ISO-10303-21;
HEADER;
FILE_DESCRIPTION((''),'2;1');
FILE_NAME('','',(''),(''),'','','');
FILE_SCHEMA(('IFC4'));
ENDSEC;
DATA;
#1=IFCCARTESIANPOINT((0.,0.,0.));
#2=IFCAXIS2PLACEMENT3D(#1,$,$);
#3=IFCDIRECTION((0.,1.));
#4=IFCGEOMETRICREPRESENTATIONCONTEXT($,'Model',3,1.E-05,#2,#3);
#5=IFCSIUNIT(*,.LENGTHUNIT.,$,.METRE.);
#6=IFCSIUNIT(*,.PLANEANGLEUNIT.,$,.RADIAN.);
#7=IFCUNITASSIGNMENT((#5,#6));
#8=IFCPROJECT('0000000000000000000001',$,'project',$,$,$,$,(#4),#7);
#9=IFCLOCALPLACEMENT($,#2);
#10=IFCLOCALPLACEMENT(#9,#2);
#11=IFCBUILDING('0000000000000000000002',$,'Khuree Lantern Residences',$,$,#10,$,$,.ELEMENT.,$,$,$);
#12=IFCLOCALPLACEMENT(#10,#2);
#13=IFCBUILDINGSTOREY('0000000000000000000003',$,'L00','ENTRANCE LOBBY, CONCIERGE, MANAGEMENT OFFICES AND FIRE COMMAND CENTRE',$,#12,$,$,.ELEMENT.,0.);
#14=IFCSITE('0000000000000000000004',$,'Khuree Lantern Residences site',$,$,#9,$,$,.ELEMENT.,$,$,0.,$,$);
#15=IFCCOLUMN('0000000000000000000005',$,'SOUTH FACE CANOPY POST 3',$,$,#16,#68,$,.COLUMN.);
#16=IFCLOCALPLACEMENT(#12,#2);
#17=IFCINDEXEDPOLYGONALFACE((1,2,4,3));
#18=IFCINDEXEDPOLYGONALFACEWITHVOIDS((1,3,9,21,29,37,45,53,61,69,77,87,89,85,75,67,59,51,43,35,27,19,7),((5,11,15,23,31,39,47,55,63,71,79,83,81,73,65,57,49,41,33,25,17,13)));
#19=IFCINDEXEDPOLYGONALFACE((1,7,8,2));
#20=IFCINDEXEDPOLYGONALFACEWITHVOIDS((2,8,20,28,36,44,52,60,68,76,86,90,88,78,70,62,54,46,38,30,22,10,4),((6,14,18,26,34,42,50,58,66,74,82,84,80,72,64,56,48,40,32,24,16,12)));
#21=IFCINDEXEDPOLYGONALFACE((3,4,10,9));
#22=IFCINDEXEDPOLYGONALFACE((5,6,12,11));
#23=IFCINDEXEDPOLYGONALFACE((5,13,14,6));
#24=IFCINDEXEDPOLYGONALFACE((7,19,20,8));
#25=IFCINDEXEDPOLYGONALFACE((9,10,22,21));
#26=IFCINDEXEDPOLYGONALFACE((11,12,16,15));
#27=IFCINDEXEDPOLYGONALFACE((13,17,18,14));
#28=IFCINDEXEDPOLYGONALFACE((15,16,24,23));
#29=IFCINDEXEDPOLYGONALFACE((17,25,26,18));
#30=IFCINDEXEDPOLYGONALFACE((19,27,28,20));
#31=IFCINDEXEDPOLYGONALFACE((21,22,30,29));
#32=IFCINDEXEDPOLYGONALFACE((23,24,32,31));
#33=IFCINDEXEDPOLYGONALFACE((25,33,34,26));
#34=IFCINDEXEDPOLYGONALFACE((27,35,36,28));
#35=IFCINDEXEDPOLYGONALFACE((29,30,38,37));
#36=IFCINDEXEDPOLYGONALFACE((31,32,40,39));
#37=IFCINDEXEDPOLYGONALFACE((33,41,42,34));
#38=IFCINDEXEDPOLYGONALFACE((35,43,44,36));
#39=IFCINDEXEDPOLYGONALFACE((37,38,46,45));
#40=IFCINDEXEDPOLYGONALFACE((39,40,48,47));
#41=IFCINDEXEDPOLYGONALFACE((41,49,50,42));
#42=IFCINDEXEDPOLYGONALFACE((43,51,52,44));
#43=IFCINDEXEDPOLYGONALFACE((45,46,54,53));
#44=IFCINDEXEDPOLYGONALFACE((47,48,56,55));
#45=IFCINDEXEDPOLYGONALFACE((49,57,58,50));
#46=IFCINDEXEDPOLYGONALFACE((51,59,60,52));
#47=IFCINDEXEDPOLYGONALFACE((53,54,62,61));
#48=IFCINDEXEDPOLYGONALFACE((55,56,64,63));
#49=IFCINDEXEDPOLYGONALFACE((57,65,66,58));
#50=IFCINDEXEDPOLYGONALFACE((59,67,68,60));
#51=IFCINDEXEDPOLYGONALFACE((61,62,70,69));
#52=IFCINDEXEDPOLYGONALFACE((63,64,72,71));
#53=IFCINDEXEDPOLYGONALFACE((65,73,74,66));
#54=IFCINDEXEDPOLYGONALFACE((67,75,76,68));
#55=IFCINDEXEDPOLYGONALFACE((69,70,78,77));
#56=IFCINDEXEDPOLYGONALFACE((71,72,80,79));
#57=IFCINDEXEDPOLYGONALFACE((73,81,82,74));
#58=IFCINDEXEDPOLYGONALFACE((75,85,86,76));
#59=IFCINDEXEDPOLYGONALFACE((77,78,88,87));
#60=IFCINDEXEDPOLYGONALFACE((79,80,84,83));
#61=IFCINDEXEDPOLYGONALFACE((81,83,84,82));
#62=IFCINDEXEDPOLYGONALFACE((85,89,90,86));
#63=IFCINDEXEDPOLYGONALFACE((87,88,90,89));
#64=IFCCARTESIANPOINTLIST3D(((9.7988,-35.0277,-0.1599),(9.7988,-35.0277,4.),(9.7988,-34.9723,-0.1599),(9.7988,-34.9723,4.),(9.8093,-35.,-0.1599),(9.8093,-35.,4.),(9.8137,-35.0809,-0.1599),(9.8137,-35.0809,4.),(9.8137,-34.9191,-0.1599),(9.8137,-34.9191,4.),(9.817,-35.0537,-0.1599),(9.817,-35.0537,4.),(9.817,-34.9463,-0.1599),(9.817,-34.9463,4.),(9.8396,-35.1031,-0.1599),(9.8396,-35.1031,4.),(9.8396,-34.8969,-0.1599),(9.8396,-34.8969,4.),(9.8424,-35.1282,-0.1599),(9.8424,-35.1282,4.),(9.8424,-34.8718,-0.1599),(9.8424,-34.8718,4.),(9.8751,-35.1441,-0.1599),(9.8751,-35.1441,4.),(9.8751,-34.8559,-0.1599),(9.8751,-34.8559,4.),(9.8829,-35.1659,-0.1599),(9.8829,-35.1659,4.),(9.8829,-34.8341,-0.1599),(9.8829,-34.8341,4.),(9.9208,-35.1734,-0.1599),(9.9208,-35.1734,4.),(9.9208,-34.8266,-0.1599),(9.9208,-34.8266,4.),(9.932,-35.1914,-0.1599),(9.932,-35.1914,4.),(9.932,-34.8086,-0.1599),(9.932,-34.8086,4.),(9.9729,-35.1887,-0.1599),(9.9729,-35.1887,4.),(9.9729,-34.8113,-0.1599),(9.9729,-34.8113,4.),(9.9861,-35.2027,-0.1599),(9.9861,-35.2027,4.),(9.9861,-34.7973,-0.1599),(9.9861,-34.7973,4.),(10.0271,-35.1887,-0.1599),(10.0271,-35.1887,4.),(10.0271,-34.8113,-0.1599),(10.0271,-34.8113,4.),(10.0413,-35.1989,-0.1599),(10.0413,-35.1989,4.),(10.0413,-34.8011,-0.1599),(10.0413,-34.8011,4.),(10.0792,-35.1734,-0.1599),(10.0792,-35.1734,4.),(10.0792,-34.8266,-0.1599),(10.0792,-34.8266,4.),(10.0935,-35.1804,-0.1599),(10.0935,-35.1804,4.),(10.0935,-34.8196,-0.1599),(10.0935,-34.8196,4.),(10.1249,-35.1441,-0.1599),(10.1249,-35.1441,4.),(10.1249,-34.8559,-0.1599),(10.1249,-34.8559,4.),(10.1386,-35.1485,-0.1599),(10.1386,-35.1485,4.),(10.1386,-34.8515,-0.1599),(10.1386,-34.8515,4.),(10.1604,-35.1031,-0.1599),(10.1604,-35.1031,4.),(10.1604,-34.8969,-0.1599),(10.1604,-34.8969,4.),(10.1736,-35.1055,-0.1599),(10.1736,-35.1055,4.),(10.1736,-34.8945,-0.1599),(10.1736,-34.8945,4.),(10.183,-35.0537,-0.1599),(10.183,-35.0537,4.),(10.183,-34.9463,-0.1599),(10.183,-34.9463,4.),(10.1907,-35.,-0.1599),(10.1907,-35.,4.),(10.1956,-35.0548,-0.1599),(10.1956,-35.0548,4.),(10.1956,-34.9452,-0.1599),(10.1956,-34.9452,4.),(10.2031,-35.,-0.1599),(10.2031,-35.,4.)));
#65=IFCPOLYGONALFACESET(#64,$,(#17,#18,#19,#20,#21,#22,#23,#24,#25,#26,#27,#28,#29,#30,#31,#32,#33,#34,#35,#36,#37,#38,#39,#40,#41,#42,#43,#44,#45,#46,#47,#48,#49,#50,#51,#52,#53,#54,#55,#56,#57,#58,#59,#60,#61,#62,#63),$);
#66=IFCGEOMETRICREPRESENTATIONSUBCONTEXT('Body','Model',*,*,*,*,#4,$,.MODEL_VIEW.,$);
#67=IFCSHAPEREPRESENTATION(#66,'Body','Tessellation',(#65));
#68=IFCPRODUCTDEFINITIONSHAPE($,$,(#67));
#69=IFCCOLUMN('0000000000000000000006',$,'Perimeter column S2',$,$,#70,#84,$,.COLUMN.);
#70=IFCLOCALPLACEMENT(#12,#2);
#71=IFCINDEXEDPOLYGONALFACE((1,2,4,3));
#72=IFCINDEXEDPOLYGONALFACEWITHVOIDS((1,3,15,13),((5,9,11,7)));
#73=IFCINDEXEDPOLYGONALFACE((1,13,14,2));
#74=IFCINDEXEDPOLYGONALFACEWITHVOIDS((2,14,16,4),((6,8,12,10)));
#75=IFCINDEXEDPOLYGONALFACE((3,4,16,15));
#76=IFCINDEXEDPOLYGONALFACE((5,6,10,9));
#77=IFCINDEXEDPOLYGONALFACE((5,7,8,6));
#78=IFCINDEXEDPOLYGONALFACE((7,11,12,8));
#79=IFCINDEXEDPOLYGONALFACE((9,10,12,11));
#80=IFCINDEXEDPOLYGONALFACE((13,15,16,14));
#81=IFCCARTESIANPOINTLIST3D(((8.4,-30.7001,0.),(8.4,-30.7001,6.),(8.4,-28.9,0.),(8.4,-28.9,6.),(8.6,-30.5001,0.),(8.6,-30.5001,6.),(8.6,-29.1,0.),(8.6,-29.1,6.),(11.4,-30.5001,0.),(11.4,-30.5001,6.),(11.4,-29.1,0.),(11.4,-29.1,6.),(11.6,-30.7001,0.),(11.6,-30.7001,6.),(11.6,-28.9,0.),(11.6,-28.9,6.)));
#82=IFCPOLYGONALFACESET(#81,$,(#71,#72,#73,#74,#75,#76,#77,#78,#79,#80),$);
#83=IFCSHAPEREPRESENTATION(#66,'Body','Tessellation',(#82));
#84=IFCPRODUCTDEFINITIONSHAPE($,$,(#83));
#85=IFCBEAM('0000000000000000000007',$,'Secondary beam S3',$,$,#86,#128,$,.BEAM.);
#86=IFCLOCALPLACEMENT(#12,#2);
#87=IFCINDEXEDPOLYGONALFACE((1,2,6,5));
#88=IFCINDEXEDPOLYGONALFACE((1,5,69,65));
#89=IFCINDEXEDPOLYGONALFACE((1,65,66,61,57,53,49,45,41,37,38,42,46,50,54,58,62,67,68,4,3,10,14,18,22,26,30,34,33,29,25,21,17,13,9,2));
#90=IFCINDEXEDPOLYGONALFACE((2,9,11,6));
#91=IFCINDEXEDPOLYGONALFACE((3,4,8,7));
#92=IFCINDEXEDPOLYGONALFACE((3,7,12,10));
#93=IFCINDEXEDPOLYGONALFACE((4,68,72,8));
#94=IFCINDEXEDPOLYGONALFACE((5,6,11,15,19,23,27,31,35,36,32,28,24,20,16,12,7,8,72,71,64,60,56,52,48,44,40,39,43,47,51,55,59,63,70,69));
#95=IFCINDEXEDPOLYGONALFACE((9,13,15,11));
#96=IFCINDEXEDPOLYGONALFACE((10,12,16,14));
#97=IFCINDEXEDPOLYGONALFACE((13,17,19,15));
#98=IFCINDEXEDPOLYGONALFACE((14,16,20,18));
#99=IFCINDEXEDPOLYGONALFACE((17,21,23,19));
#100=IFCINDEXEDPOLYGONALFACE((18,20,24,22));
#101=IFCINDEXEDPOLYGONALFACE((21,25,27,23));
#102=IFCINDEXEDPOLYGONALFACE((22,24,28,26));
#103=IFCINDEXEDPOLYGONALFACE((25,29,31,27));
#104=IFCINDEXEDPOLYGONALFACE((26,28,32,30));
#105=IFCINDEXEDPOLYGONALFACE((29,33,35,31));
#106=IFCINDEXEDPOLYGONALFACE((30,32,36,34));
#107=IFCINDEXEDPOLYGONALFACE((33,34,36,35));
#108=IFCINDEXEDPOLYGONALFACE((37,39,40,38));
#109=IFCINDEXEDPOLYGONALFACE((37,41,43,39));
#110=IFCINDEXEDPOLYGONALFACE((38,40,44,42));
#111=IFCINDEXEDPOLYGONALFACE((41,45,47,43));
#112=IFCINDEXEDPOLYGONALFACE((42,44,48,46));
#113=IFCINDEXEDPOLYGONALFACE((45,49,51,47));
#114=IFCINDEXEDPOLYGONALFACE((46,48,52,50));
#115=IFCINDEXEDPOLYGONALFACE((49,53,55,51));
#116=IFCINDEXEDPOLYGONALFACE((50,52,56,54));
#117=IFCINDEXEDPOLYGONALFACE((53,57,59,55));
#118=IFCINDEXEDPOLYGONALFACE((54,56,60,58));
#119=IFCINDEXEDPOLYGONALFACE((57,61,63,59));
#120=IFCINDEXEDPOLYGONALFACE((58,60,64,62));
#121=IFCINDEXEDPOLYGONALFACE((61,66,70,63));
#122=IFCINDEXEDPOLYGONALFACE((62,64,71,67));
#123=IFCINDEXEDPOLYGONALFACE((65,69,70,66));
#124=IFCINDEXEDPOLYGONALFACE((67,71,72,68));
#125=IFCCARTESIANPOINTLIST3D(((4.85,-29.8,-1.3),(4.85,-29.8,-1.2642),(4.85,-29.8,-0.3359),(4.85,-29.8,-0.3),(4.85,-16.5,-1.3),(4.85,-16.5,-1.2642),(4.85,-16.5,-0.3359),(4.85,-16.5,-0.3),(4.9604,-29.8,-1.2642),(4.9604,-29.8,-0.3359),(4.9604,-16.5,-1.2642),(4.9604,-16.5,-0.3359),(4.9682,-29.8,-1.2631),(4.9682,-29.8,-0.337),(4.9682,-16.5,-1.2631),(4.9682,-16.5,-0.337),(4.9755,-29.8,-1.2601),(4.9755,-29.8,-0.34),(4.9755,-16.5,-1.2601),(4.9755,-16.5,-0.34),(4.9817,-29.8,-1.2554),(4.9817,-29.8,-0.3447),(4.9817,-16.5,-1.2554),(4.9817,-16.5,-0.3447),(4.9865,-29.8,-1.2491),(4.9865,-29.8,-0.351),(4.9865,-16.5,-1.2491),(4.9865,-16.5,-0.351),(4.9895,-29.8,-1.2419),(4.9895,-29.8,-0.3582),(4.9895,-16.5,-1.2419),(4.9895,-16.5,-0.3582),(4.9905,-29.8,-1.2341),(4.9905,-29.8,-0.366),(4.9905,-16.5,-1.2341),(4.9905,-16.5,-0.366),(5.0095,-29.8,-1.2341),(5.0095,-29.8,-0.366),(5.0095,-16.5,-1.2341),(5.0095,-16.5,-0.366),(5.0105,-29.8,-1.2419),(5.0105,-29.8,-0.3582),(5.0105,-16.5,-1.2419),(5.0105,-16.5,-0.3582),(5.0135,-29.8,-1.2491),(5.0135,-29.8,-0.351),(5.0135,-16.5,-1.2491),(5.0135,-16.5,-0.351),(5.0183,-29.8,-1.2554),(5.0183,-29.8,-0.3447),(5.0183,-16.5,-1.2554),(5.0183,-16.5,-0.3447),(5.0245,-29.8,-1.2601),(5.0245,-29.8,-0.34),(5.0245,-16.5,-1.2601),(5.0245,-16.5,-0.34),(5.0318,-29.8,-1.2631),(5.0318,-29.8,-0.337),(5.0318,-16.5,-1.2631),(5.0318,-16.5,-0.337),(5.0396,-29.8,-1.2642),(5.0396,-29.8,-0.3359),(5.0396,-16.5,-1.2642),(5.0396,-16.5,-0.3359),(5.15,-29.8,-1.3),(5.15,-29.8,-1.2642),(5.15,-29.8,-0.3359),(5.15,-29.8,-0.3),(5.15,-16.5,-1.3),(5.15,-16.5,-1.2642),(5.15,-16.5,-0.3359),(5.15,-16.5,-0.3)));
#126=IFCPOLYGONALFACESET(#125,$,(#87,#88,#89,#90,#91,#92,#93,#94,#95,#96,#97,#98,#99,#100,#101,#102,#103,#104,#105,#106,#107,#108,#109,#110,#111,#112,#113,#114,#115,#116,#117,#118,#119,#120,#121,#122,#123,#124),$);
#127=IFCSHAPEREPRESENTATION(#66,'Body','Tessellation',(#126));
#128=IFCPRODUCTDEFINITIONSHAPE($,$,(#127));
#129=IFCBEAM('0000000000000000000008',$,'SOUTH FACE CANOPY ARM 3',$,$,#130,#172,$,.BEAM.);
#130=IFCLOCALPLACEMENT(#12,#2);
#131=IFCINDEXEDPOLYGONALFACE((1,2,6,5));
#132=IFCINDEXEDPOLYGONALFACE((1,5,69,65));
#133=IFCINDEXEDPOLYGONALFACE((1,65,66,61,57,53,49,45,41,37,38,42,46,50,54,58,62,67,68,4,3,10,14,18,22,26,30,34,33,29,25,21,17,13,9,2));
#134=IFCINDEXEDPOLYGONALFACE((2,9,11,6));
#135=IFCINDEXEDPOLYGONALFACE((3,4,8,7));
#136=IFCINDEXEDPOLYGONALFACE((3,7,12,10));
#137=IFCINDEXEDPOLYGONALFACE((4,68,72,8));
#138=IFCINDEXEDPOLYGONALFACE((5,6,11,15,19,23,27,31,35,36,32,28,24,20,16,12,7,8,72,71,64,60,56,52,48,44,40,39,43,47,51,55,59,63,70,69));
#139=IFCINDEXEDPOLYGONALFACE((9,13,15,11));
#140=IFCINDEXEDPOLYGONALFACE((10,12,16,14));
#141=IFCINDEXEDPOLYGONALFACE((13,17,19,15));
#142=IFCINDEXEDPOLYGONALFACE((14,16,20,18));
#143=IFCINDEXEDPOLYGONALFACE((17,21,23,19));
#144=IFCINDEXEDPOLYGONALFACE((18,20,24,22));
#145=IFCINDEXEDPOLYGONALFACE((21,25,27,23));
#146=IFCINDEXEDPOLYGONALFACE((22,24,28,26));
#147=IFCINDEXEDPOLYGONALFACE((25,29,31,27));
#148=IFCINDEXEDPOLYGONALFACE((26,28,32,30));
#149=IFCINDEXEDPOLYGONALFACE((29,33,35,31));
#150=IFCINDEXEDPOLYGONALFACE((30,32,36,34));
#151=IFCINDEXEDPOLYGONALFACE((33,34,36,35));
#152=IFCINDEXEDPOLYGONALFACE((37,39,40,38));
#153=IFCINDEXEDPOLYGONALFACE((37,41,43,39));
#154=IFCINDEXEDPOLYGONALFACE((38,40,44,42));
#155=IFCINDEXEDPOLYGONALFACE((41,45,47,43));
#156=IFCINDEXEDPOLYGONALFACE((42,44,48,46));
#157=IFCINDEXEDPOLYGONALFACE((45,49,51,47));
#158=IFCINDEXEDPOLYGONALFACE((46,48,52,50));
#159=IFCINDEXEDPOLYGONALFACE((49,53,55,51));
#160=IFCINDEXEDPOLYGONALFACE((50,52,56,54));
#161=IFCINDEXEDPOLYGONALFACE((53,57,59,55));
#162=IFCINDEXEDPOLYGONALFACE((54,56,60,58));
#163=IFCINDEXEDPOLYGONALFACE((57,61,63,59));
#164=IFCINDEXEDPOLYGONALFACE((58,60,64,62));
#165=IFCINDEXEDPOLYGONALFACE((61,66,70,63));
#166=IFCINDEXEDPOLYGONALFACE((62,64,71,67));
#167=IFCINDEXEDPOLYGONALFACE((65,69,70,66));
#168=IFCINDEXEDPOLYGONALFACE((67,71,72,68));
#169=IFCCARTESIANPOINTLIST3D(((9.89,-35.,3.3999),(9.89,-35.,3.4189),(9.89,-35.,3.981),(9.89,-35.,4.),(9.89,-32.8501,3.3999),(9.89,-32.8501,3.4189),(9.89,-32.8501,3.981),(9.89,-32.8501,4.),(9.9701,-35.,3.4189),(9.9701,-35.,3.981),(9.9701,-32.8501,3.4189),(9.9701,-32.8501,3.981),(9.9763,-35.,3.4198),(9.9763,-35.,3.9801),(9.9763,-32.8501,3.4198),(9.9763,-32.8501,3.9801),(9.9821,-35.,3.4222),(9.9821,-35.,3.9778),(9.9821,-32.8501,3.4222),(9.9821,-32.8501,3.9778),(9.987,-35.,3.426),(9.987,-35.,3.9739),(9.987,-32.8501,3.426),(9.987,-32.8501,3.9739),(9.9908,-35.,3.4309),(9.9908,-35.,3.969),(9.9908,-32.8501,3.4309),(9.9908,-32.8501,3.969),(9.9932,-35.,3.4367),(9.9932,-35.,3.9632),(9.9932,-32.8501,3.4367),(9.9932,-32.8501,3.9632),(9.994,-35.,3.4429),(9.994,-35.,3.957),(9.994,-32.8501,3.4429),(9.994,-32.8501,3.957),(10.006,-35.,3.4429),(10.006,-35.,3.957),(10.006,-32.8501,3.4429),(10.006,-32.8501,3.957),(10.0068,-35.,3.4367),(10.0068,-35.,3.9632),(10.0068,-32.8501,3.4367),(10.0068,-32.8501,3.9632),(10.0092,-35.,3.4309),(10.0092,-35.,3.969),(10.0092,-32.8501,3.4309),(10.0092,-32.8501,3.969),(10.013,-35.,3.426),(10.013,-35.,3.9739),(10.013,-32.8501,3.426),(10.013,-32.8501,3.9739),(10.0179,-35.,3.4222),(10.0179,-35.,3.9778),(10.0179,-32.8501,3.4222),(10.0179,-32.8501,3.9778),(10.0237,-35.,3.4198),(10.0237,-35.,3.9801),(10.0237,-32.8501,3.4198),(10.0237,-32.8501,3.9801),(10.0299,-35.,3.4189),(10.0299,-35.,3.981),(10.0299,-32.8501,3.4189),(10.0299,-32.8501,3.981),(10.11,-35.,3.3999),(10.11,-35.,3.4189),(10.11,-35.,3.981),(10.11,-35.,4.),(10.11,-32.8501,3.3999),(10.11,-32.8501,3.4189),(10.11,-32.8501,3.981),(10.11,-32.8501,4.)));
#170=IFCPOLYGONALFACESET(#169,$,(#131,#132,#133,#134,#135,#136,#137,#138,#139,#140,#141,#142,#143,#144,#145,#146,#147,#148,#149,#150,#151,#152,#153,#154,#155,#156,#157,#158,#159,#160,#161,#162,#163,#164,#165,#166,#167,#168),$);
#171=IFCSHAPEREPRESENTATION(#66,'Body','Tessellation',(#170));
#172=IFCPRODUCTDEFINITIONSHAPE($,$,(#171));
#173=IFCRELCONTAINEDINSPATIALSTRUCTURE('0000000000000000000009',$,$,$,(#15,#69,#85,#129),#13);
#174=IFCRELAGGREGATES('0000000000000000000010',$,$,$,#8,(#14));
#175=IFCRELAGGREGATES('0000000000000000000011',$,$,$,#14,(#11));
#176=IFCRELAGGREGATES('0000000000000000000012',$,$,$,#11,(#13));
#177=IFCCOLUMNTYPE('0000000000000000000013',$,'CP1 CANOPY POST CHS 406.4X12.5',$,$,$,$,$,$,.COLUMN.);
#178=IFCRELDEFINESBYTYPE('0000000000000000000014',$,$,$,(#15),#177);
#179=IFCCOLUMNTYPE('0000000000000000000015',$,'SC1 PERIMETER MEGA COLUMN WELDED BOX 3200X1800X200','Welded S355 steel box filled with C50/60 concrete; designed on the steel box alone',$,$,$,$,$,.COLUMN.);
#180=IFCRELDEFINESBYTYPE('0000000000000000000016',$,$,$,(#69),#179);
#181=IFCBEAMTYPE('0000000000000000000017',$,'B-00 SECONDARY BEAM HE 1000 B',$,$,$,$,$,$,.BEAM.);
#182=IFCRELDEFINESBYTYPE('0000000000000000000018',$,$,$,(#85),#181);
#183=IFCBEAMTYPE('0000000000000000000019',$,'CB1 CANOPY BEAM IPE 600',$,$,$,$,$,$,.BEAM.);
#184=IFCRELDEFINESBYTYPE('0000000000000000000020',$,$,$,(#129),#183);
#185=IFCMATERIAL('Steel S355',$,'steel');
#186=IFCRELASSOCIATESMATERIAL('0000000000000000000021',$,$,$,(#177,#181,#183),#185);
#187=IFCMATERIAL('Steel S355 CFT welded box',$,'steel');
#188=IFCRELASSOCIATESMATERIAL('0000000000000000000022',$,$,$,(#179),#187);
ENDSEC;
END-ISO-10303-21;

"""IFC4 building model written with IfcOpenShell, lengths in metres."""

from ifc_helpers import new_model, si_unit, direction, frame, origin, origin_2d, place, context, subcontext, project, spatial, hollow_rectangle, hollow_circle, i_section, extrude, material, material_profile, profile_set, type_object, element, save


model = new_model("IFC4")

# Units and contexts
model_context = context("Model", 3, precision=1e-05, world=origin(), true_north=direction((0.0, 1.0)))
body_context = subcontext(model_context, "Body", "Model", "MODEL_VIEW")
ifc_project = project(units=[si_unit("LENGTHUNIT", "METRE"), si_unit("PLANEANGLEUNIT", "RADIAN")], contexts=[model_context])

# Site, building, storey
site_placement = place(None, origin())
site = spatial("IfcSite", under=ifc_project, at=site_placement, Name="Khuree Lantern Residences site", CompositionType="ELEMENT", RefElevation=0.0)
building_placement = place(site_placement, origin())
building = spatial("IfcBuilding", under=site, at=building_placement, Name="Khuree Lantern Residences", CompositionType="ELEMENT")
storey_placement = place(building_placement, origin())
storey = spatial("IfcBuildingStorey", under=building, at=storey_placement, Name="L00", Description="ENTRANCE LOBBY, CONCIERGE, MANAGEMENT OFFICES AND FIRE COMMAND CENTRE", CompositionType="ELEMENT", Elevation=0.0)

# Columns
ifc_material_1 = material(Name="Steel S355", Category="steel")
ifc_material_profile_1 = material_profile(ifc_material_1, hollow_circle(Radius=0.2031, WallThickness=0.0125, at=origin_2d()), Name="CHS 406.4X12.5")
ifc_profile_set_1 = profile_set([ifc_material_profile_1], Name="Steel S355")
column_type_1 = type_object("IfcColumnType", Name="CP1 CANOPY POST CHS 406.4X12.5", PredefinedType="COLUMN", material=ifc_profile_set_1)
column_1_placement = place(storey_placement, frame((10.0, -35.0, -0.1599), z_axis=(0.0, 0.0, 1.0), x_axis=(1.0, 0.0, 0.0)))
element("IfcColumn", 1, at=column_1_placement, inside=storey, type_object=column_type_1, Name="SOUTH FACE CANOPY POST 3", PredefinedType="COLUMN", context=body_context, shape_type="SweptSolid", body=[
    extrude(hollow_circle(Radius=0.2031, WallThickness=0.0125, at=origin_2d()), origin(), (0.0, 0.0, 1.0), 4.1599),
])
ifc_material_2 = material(Name="Steel S355 CFT welded box", Category="steel")
ifc_material_profile_2 = material_profile(ifc_material_2, hollow_rectangle(XDim=3.2, YDim=1.8, WallThickness=0.2, at=origin_2d()), Name="WELDED BOX 3200X1800X200")
ifc_profile_set_2 = profile_set([ifc_material_profile_2], Name="Steel S355 CFT welded box")
column_type_2 = type_object("IfcColumnType", Name="SC1 PERIMETER MEGA COLUMN WELDED BOX 3200X1800X200", Description="Welded S355 steel box filled with C50/60 concrete; designed on the steel box alone", PredefinedType="COLUMN", material=ifc_profile_set_2)
column_2_placement = place(storey_placement, frame((10.0, -29.8, 0.0), z_axis=(0.0, 0.0, 1.0), x_axis=(1.0, 0.0, 0.0)))
element("IfcColumn", 2, at=column_2_placement, inside=storey, type_object=column_type_2, Name="Perimeter column S2", PredefinedType="COLUMN", context=body_context, shape_type="SweptSolid", body=[
    extrude(hollow_rectangle(XDim=3.2, YDim=1.8, WallThickness=0.2, at=origin_2d()), origin(), (0.0, 0.0, 1.0), 6.0),
])

# Beams
ifc_material_profile_3 = material_profile(ifc_material_1, i_section(OverallWidth=0.3, OverallDepth=1.0, WebThickness=0.019, FlangeThickness=0.0359, FilletRadius=0.03, at=origin_2d()), Name="HE 1000 B")
ifc_profile_set_3 = profile_set([ifc_material_profile_3], Name="Steel S355")
beam_type_1 = type_object("IfcBeamType", Name="B-00 SECONDARY BEAM HE 1000 B", PredefinedType="BEAM", material=ifc_profile_set_3)
beam_1_placement = place(storey_placement, frame((5.0, -29.8, -0.8), z_axis=(0.0, 1.0, 0.0), x_axis=(-1.0, 0.0, 0.0)))
element("IfcBeam", 3, at=beam_1_placement, inside=storey, type_object=beam_type_1, Name="Secondary beam S3", PredefinedType="BEAM", context=body_context, shape_type="SweptSolid", body=[
    extrude(i_section(OverallWidth=0.3, OverallDepth=1.0, WebThickness=0.019, FlangeThickness=0.0359, FilletRadius=0.03, at=origin_2d()), origin(), (0.0, 0.0, 1.0), 13.3),
])
ifc_material_profile_4 = material_profile(ifc_material_1, i_section(OverallWidth=0.22, OverallDepth=0.6001, WebThickness=0.012, FlangeThickness=0.019, FilletRadius=0.0239, at=origin_2d()), Name="IPE 600")
ifc_profile_set_4 = profile_set([ifc_material_profile_4], Name="Steel S355")
beam_type_2 = type_object("IfcBeamType", Name="CB1 CANOPY BEAM IPE 600", PredefinedType="BEAM", material=ifc_profile_set_4)
beam_2_placement = place(storey_placement, frame((10.0, -35.0, 3.7), z_axis=(0.0, 1.0, 0.0), x_axis=(-1.0, 0.0, 0.0)))
element("IfcBeam", 4, at=beam_2_placement, inside=storey, type_object=beam_type_2, Name="SOUTH FACE CANOPY ARM 3", PredefinedType="BEAM", context=body_context, shape_type="SweptSolid", body=[
    extrude(i_section(OverallWidth=0.22, OverallDepth=0.6001, WebThickness=0.012, FlangeThickness=0.019, FilletRadius=0.0239, at=origin_2d()), origin(), (0.0, 0.0, 1.0), 2.1499),
])

save(model, "model.ifc")
